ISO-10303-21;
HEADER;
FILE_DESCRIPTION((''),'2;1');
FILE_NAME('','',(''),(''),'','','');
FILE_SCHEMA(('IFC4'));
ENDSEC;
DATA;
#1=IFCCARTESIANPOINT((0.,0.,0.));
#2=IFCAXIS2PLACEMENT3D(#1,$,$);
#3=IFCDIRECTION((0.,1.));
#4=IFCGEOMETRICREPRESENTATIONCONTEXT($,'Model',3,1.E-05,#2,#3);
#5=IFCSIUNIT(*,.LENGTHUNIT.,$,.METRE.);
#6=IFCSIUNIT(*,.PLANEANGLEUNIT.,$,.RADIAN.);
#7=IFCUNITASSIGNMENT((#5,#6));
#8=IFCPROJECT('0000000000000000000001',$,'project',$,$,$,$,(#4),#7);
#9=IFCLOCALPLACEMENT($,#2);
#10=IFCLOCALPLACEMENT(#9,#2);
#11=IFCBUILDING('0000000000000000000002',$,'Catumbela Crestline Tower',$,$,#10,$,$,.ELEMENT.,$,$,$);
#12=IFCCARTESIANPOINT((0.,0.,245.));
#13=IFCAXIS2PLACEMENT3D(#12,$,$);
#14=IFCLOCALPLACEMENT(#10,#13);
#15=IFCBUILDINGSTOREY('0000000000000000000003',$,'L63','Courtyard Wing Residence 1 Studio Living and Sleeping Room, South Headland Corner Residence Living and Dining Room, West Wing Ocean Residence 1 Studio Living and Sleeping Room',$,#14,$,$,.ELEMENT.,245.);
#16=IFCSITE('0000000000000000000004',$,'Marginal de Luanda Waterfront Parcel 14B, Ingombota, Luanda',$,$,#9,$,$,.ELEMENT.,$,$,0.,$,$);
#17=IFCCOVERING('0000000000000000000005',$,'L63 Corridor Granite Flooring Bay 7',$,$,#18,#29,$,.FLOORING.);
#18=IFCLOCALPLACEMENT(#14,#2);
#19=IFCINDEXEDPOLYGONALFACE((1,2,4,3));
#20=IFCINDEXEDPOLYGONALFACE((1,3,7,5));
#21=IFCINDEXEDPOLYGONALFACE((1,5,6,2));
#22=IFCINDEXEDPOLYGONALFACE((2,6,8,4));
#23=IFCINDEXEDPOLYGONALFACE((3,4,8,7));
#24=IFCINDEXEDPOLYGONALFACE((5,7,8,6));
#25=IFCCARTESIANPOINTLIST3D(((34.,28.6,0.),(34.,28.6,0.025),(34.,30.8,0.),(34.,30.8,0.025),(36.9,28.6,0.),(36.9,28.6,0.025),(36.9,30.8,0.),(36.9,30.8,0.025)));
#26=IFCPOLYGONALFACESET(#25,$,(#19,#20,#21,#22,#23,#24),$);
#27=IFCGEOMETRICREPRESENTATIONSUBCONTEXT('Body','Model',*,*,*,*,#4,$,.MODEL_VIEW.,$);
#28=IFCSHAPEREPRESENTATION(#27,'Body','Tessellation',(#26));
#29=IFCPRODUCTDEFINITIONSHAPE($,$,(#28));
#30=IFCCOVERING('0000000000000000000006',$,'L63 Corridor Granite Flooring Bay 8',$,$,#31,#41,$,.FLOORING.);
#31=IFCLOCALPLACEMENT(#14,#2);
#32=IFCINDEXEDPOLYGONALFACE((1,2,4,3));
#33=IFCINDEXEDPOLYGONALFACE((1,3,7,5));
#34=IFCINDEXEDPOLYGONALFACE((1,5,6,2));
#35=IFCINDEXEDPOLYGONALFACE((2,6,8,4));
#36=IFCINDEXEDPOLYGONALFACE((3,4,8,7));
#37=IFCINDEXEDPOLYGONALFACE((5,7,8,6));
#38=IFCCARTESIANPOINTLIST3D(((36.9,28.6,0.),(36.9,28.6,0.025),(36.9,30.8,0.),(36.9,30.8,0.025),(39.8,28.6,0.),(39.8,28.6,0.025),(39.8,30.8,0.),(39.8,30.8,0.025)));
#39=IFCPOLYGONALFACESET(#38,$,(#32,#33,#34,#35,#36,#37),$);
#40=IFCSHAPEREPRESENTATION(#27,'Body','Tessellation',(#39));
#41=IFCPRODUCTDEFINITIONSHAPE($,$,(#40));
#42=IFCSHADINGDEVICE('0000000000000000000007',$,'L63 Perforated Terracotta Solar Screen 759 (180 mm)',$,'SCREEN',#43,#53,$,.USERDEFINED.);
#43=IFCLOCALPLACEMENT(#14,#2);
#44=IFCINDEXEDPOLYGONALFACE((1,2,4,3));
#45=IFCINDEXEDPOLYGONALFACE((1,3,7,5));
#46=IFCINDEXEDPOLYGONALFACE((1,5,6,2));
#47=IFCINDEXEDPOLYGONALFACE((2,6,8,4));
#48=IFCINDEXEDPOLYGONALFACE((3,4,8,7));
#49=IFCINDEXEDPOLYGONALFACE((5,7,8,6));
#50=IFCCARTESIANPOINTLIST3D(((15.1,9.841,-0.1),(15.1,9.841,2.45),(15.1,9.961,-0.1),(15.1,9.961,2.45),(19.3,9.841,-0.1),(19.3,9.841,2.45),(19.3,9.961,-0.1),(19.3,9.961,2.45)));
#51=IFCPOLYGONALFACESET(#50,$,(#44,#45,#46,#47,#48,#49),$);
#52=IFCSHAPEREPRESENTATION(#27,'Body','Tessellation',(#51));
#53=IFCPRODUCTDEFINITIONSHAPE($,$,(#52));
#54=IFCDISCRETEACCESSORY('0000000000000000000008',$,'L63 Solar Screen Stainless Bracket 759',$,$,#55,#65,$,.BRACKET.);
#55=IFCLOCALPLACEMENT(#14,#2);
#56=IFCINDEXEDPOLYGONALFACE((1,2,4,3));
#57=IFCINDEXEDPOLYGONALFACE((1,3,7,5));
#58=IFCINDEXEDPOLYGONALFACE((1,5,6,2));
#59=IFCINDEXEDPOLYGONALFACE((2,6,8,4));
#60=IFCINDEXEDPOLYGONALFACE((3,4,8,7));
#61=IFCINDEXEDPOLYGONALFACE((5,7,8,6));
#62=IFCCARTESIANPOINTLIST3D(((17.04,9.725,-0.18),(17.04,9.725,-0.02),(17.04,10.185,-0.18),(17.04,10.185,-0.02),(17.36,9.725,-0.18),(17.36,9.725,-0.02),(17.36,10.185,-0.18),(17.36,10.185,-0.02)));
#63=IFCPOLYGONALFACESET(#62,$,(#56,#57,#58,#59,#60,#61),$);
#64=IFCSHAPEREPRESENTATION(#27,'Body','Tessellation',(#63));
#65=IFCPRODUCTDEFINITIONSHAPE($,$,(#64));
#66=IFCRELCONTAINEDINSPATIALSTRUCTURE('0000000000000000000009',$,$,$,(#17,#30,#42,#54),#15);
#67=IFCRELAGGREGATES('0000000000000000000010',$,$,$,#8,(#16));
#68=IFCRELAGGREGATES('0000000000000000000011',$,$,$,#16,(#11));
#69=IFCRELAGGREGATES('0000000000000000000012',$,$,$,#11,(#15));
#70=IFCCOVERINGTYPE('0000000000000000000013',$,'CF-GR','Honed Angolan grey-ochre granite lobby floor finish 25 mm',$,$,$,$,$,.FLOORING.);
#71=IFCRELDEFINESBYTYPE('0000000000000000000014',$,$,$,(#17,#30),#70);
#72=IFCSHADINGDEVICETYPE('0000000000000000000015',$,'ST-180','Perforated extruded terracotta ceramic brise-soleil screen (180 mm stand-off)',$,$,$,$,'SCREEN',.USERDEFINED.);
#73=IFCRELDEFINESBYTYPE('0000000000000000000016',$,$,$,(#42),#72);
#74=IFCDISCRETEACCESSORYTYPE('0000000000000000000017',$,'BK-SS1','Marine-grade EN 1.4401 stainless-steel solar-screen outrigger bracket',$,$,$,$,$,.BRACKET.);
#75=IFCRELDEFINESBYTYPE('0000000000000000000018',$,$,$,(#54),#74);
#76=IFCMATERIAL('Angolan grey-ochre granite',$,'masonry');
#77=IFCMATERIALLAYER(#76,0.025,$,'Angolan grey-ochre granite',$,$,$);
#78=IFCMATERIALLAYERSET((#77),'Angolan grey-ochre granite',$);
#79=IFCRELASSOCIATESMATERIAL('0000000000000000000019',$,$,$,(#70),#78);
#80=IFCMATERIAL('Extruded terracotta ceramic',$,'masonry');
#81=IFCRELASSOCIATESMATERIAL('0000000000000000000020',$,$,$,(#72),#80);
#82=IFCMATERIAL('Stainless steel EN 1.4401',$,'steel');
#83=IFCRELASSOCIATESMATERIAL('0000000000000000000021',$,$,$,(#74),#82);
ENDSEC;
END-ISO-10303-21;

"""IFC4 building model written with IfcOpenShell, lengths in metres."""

from ifc_helpers import new_model, si_unit, direction, frame, origin, origin_2d, place, context, subcontext, project, spatial, polyline, rectangle, outline, extrude, material, layer, layer_set, type_object, element, save


model = new_model("IFC4")

# Units and contexts
model_context = context("Model", 3, precision=1e-05, world=origin(), true_north=direction((0.0, 1.0)))
body_context = subcontext(model_context, "Body", "Model", "MODEL_VIEW")
ifc_project = project(units=[si_unit("LENGTHUNIT", "METRE"), si_unit("PLANEANGLEUNIT", "RADIAN")], contexts=[model_context])

# Site, building, storey
site_placement = place(None, origin())
site = spatial("IfcSite", under=ifc_project, at=site_placement, Name="Marginal de Luanda Waterfront Parcel 14B, Ingombota, Luanda", CompositionType="ELEMENT", RefElevation=0.0)
building_placement = place(site_placement, origin())
building = spatial("IfcBuilding", under=site, at=building_placement, Name="Catumbela Crestline Tower", CompositionType="ELEMENT")
storey_placement = place(building_placement, frame((0.0, 0.0, 245.0)))
storey = spatial("IfcBuildingStorey", under=building, at=storey_placement, Name="L63", Description="Courtyard Wing Residence 1 Studio Living and Sleeping Room, South Headland Corner Residence Living and Dining Room, West Wing Ocean Residence 1 Studio Living and Sleeping Room", CompositionType="ELEMENT", Elevation=245.0)

# Shared definitions
ifc_material_1 = material(Name="Angolan grey-ochre granite", Category="masonry")

# Coverings
ifc_layer_1 = layer(ifc_material_1, 0.025, Name="Angolan grey-ochre granite")
ifc_layer_set_1 = layer_set([ifc_layer_1], Name="Angolan grey-ochre granite")
covering_type_1 = type_object("IfcCoveringType", Name="CF-GR", Description="Honed Angolan grey-ochre granite lobby floor finish 25 mm", PredefinedType="FLOORING", material=ifc_layer_set_1)
covering_1_placement = place(storey_placement, origin())
element("IfcCovering", 1, at=covering_1_placement, inside=storey, type_object=covering_type_1, Name="L63 Corridor Granite Flooring Bay 7", PredefinedType="FLOORING", context=body_context, shape_type="SweptSolid", body=[
    extrude(outline(polyline([(34.0, 28.6), (36.9, 28.6), (36.9, 30.8), (34.0, 30.8), (34.0, 28.6)])), origin(), (0.0, 0.0, 1.0), 0.025),
])
covering_2_placement = place(storey_placement, origin())
element("IfcCovering", 2, at=covering_2_placement, inside=storey, type_object=covering_type_1, Name="L63 Corridor Granite Flooring Bay 8", PredefinedType="FLOORING", context=body_context, shape_type="SweptSolid", body=[
    extrude(outline(polyline([(36.9, 28.6), (39.8, 28.6), (39.8, 30.8), (36.9, 30.8), (36.9, 28.6)])), origin(), (0.0, 0.0, 1.0), 0.025),
])

# Shared definitions
ifc_material_2 = material(Name="Stainless steel EN 1.4401", Category="steel")

# Shading device
ifc_material_3 = material(Name="Extruded terracotta ceramic", Category="masonry")
shading_device_type = type_object("IfcShadingDeviceType", Name="ST-180", Description="Perforated extruded terracotta ceramic brise-soleil screen (180 mm stand-off)", ElementType="SCREEN", PredefinedType="USERDEFINED", material=ifc_material_3)
shading_device_placement = place(storey_placement, frame((17.2, 9.901, -0.1), z_axis=(0.0, 0.0, 1.0), x_axis=(1.0, 0.0, 0.0)))
element("IfcShadingDevice", 3, at=shading_device_placement, inside=storey, type_object=shading_device_type, Name="L63 Perforated Terracotta Solar Screen 759 (180 mm)", ObjectType="SCREEN", PredefinedType="USERDEFINED", context=body_context, shape_type="SweptSolid", body=[
    extrude(rectangle(XDim=4.2, YDim=0.12, at=origin_2d()), origin(), (0.0, 0.0, 1.0), 2.55),
])

# Discrete accessory
discrete_accessory_type = type_object("IfcDiscreteAccessoryType", Name="BK-SS1", Description="Marine-grade EN 1.4401 stainless-steel solar-screen outrigger bracket", PredefinedType="BRACKET", material=ifc_material_2)
discrete_accessory_placement = place(storey_placement, frame((17.2, 9.955, -0.18), z_axis=(0.0, 0.0, 1.0), x_axis=(1.0, 0.0, 0.0)))
element("IfcDiscreteAccessory", 4, at=discrete_accessory_placement, inside=storey, type_object=discrete_accessory_type, Name="L63 Solar Screen Stainless Bracket 759", PredefinedType="BRACKET", context=body_context, shape_type="SweptSolid", body=[
    extrude(rectangle(XDim=0.32, YDim=0.46, at=origin_2d()), origin(), (0.0, 0.0, 1.0), 0.16),
])

save(model, "model.ifc")
